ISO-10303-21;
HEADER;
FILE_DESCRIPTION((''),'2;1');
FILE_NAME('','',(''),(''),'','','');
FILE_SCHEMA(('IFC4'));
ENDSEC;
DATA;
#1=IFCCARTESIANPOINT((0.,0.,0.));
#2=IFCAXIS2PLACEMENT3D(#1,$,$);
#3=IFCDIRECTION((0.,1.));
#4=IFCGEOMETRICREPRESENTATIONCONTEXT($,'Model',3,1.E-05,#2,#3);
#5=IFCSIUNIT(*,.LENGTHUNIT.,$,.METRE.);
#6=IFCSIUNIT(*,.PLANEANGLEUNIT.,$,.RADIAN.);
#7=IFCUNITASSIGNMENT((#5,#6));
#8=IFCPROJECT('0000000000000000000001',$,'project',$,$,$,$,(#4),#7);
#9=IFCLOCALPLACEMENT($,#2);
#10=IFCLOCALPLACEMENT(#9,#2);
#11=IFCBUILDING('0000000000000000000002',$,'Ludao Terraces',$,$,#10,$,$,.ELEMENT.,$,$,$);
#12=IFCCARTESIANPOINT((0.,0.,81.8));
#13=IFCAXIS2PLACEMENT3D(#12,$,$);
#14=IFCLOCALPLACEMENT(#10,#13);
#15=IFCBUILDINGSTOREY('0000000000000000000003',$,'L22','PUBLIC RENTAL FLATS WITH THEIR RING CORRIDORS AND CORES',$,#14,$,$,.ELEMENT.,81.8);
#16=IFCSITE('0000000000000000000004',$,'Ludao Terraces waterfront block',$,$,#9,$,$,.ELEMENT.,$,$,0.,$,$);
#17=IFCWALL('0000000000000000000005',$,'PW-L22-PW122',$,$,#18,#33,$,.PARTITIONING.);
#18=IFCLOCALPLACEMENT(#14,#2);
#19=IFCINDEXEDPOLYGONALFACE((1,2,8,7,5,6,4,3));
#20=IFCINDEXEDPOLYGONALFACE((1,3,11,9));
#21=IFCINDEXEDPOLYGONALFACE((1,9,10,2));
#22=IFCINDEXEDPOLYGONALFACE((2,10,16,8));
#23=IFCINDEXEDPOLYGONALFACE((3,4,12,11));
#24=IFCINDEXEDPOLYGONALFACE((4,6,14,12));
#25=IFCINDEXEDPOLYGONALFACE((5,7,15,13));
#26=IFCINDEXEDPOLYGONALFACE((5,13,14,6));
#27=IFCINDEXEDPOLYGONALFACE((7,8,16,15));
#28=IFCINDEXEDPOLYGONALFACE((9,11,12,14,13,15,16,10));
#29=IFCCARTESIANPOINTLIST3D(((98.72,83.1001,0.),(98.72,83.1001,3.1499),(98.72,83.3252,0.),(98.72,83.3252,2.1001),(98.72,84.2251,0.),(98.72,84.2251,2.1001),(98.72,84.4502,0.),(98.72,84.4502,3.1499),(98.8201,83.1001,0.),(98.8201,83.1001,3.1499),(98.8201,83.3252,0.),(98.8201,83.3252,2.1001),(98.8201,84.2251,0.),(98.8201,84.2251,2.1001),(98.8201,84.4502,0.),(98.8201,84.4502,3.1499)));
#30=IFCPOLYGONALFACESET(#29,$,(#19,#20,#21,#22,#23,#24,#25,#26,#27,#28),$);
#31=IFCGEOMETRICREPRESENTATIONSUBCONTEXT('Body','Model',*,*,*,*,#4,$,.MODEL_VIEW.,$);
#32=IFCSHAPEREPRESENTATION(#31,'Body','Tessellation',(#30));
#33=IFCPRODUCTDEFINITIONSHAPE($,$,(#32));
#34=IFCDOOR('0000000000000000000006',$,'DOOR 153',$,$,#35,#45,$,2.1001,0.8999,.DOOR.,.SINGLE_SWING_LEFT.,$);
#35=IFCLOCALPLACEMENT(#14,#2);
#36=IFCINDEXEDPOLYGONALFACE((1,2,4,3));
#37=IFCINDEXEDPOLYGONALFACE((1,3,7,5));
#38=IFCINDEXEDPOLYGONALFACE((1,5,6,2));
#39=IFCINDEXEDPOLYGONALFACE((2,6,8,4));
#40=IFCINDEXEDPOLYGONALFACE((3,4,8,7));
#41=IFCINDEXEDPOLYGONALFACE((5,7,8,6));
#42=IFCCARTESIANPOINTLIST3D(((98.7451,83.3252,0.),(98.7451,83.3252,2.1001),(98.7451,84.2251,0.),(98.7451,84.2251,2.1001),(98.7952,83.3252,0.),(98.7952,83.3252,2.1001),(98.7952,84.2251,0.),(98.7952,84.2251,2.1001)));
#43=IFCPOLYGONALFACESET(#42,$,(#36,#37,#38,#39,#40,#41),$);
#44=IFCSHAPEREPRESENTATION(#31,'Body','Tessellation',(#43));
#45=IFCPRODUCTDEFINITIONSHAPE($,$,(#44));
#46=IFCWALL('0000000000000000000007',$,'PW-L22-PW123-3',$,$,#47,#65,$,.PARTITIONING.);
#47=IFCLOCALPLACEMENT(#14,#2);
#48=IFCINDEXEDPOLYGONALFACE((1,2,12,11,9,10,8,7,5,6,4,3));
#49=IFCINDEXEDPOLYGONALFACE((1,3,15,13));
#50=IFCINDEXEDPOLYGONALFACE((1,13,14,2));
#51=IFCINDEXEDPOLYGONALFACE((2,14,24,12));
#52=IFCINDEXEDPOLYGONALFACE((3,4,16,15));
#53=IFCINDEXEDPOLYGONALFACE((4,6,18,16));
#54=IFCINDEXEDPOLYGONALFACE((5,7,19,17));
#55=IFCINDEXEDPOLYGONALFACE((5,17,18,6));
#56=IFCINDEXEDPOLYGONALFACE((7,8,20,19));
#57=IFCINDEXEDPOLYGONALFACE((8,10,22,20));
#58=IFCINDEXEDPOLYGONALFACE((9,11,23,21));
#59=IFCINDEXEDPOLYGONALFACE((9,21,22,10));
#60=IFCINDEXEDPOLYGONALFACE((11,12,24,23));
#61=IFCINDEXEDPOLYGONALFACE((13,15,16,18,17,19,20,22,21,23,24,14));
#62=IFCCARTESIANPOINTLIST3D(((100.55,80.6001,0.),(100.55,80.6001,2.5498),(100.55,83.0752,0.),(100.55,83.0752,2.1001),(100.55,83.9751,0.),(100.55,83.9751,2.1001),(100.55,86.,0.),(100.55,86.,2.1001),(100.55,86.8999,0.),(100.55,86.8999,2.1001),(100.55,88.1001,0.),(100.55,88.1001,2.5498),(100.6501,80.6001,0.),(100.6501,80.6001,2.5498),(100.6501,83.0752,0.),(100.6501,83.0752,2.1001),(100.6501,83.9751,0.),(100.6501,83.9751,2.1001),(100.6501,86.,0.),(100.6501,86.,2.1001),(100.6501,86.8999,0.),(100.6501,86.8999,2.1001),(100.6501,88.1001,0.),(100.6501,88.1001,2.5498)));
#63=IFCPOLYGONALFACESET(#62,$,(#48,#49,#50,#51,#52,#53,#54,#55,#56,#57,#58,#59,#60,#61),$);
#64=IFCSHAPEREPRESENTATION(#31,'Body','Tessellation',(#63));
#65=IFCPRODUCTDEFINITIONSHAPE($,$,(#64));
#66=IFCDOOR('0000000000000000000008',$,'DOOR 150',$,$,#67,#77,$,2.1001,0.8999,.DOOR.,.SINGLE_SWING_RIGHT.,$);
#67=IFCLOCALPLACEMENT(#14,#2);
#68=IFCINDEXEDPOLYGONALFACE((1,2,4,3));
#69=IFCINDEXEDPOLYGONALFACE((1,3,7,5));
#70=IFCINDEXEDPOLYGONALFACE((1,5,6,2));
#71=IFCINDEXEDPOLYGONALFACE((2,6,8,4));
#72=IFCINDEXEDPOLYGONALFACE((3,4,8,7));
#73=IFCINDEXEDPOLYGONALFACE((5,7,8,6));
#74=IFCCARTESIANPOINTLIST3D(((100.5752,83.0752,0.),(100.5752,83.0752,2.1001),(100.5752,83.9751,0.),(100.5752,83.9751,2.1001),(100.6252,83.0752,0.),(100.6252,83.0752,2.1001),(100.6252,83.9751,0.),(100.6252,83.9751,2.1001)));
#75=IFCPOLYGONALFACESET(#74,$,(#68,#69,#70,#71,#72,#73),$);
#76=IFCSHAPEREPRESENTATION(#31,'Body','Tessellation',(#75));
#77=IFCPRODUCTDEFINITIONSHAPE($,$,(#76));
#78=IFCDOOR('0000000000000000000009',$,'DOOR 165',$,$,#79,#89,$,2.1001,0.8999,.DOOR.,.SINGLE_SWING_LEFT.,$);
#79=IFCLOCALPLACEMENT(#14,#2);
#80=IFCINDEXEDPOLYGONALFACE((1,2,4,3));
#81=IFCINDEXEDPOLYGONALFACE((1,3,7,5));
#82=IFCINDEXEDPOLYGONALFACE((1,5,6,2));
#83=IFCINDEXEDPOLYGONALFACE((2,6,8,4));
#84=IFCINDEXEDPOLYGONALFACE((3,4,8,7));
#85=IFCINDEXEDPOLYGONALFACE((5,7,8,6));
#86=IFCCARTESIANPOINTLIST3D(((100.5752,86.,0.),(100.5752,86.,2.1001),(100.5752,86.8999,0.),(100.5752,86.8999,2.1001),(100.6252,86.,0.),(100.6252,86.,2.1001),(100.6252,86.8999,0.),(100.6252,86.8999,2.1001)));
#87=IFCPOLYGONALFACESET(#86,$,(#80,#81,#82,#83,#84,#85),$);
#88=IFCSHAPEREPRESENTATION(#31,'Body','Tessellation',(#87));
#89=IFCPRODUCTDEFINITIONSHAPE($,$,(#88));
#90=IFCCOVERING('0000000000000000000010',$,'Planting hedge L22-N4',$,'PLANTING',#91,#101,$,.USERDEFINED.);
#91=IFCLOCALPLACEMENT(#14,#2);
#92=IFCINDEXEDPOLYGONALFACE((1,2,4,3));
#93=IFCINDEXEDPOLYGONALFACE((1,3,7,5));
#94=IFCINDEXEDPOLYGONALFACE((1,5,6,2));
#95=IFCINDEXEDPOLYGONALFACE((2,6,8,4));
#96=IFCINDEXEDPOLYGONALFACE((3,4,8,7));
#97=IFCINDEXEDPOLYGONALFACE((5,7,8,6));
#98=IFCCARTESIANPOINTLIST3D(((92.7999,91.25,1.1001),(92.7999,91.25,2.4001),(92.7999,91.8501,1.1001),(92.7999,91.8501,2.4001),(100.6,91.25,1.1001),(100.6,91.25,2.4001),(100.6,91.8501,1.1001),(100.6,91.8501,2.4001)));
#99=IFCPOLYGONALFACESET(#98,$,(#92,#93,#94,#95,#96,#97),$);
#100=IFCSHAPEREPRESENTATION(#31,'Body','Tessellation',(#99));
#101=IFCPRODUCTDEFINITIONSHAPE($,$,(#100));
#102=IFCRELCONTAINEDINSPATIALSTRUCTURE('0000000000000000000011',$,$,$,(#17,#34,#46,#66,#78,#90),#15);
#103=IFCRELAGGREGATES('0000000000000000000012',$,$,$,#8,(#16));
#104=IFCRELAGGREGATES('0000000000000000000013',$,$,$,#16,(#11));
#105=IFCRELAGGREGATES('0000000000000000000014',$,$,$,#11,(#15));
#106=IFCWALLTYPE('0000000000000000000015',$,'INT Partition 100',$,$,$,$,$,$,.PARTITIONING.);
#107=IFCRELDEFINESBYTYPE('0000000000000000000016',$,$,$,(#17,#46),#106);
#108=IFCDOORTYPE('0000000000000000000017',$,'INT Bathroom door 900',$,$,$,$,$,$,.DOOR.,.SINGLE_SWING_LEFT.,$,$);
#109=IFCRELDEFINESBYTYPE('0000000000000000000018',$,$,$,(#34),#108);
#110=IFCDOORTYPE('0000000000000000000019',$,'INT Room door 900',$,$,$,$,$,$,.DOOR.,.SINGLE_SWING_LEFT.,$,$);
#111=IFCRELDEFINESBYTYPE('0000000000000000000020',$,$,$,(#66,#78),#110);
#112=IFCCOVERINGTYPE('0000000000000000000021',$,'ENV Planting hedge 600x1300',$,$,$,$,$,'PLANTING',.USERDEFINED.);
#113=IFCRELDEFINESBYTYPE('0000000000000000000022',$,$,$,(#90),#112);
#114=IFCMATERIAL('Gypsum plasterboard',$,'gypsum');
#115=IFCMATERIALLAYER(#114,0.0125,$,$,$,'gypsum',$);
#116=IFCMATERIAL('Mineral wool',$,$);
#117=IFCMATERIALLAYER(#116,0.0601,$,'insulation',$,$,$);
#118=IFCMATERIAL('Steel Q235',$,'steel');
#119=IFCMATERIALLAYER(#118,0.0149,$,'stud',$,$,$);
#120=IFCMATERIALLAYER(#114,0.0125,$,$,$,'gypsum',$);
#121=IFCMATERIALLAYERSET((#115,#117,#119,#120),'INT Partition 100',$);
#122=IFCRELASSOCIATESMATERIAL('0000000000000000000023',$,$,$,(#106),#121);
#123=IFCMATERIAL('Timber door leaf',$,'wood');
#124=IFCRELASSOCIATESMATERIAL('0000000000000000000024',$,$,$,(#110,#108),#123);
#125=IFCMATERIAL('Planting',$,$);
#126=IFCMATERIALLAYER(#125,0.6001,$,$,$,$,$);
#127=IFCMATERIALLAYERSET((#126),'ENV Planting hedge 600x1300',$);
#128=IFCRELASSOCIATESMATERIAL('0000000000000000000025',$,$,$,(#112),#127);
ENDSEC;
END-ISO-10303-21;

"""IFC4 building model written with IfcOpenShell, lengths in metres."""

from ifc_helpers import new_model, si_unit, direction, frame, frame_2d, origin, origin_2d, place, context, subcontext, project, spatial, rectangle, extrude, material, layer, layer_set, type_object, element, fill, save


model = new_model("IFC4")

# Units and contexts
model_context = context("Model", 3, precision=1e-05, world=origin(), true_north=direction((0.0, 1.0)))
body_context = subcontext(model_context, "Body", "Model", "MODEL_VIEW")
ifc_project = project(units=[si_unit("LENGTHUNIT", "METRE"), si_unit("PLANEANGLEUNIT", "RADIAN")], contexts=[model_context])

# Site, building, storey
site_placement = place(None, origin())
site = spatial("IfcSite", under=ifc_project, at=site_placement, Name="Ludao Terraces waterfront block", CompositionType="ELEMENT", RefElevation=0.0)
building_placement = place(site_placement, origin())
building = spatial("IfcBuilding", under=site, at=building_placement, Name="Ludao Terraces", CompositionType="ELEMENT")
storey_placement = place(building_placement, frame((0.0, 0.0, 81.8)))
storey = spatial("IfcBuildingStorey", under=building, at=storey_placement, Name="L22", Description="PUBLIC RENTAL FLATS WITH THEIR RING CORRIDORS AND CORES", CompositionType="ELEMENT", Elevation=81.8)

# Shared definitions
ifc_material_1 = material(Name="Gypsum plasterboard", Category="gypsum")
ifc_layer_1 = layer(ifc_material_1, 0.0125, Category="gypsum")
ifc_material_2 = material(Name="Mineral wool")
ifc_layer_2 = layer(ifc_material_2, 0.0601, Name="insulation")
ifc_material_3 = material(Name="Steel Q235", Category="steel")
ifc_layer_3 = layer(ifc_material_3, 0.0149, Name="stud")
ifc_layer_4 = layer(ifc_material_1, 0.0125, Category="gypsum")
ifc_layer_set_1 = layer_set([ifc_layer_1, ifc_layer_2, ifc_layer_3, ifc_layer_4], Name="INT Partition 100")
wall_type_1 = type_object("IfcWallType", Name="INT Partition 100", PredefinedType="PARTITIONING", material=ifc_layer_set_1)

# Wall, opening, door
ifc_material_4 = material(Name="Timber door leaf", Category="wood")
door_type_1 = type_object("IfcDoorType", Name="INT Room door 900", OperationType="SINGLE_SWING_LEFT", PredefinedType="DOOR", material=ifc_material_4)
wall_1_placement = place(storey_placement, frame((98.77, 83.1001, 0.0), z_axis=(0.0, 0.0, 1.0), x_axis=(0.0, 1.0, 0.0)))
wall_1 = element("IfcWall", 1, at=wall_1_placement, inside=storey, type_object=wall_type_1, Name="PW-L22-PW122", PredefinedType="PARTITIONING", context=body_context, shape_type="SweptSolid", body=[
    extrude(rectangle(XDim=1.3501, YDim=0.1001, at=frame_2d((0.675, 0.0))), origin(), (0.0, 0.0, 1.0), 3.1499),
])
opening_1_placement = place(wall_1_placement, frame((0.2251, 0.0, 0.0)))
opening_1 = element("IfcOpeningElement", 2, at=opening_1_placement, cuts=wall_1, PredefinedType="OPENING", context=body_context, shape_type="SweptSolid", body=[
    extrude(rectangle(XDim=0.8999, YDim=2.1001, at=frame_2d((0.45, 1.05))), frame((0.0, 0.0601, 0.0), z_axis=(0.0, -1.0, 0.0), x_axis=(1.0, 0.0, 0.0)), (0.0, 0.0, 1.0), 0.1201),
])
door_type_2 = type_object("IfcDoorType", Name="INT Bathroom door 900", OperationType="SINGLE_SWING_LEFT", PredefinedType="DOOR", material=ifc_material_4)
door_1_placement = place(opening_1_placement, origin())
door_1 = element("IfcDoor", 3, at=door_1_placement, inside=storey, type_object=door_type_2, Name="DOOR 153", OperationType="SINGLE_SWING_LEFT", OverallHeight=2.1001, OverallWidth=0.8999, PredefinedType="DOOR", context=body_context, shape_type="SweptSolid", body=[
    extrude(rectangle(XDim=0.8999, YDim=2.1001, at=frame_2d((0.45, 1.05))), frame((0.0, 0.0249, 0.0), z_axis=(0.0, -1.0, 0.0), x_axis=(1.0, 0.0, 0.0)), (0.0, 0.0, 1.0), 0.05),
])
fill(opening_1, door_1)

# Wall, openings, doors
wall_2_placement = place(storey_placement, frame((100.6001, 80.6001, 0.0), z_axis=(0.0, 0.0, 1.0), x_axis=(0.0, 1.0, 0.0)))
wall_2 = element("IfcWall", 4, at=wall_2_placement, inside=storey, type_object=wall_type_1, Name="PW-L22-PW123-3", PredefinedType="PARTITIONING", context=body_context, shape_type="SweptSolid", body=[
    extrude(rectangle(XDim=7.5, YDim=0.1001, at=frame_2d((3.75, 0.0))), origin(), (0.0, 0.0, 1.0), 2.5498),
])
opening_2_placement = place(wall_2_placement, frame((2.4751, 0.0, 0.0)))
opening_2 = element("IfcOpeningElement", 5, at=opening_2_placement, cuts=wall_2, PredefinedType="OPENING", context=body_context, shape_type="SweptSolid", body=[
    extrude(rectangle(XDim=0.8999, YDim=2.1001, at=frame_2d((0.45, 1.05))), frame((0.0, 0.0601, 0.0), z_axis=(0.0, -1.0, 0.0), x_axis=(1.0, 0.0, 0.0)), (0.0, 0.0, 1.0), 0.1201),
])
opening_3_placement = place(wall_2_placement, frame((5.3999, 0.0, 0.0)))
opening_3 = element("IfcOpeningElement", 6, at=opening_3_placement, cuts=wall_2, PredefinedType="OPENING", context=body_context, shape_type="SweptSolid", body=[
    extrude(rectangle(XDim=0.8999, YDim=2.1001, at=frame_2d((0.45, 1.05))), frame((0.0, 0.0601, 0.0), z_axis=(0.0, -1.0, 0.0), x_axis=(1.0, 0.0, 0.0)), (0.0, 0.0, 1.0), 0.1201),
])
door_2_placement = place(opening_2_placement, origin())
door_2 = element("IfcDoor", 7, at=door_2_placement, inside=storey, type_object=door_type_1, Name="DOOR 150", OperationType="SINGLE_SWING_RIGHT", OverallHeight=2.1001, OverallWidth=0.8999, PredefinedType="DOOR", context=body_context, shape_type="SweptSolid", body=[
    extrude(rectangle(XDim=0.8999, YDim=2.1001, at=frame_2d((0.45, 1.05))), frame((0.0, 0.0249, 0.0), z_axis=(0.0, -1.0, 0.0), x_axis=(1.0, 0.0, 0.0)), (0.0, 0.0, 1.0), 0.05),
])
fill(opening_2, door_2)
door_3_placement = place(opening_3_placement, origin())
door_3 = element("IfcDoor", 8, at=door_3_placement, inside=storey, type_object=door_type_1, Name="DOOR 165", OperationType="SINGLE_SWING_LEFT", OverallHeight=2.1001, OverallWidth=0.8999, PredefinedType="DOOR", context=body_context, shape_type="SweptSolid", body=[
    extrude(rectangle(XDim=0.8999, YDim=2.1001, at=frame_2d((0.45, 1.05))), frame((0.0, 0.0249, 0.0), z_axis=(0.0, -1.0, 0.0), x_axis=(1.0, 0.0, 0.0)), (0.0, 0.0, 1.0), 0.05),
])
fill(opening_3, door_3)

# Covering
ifc_material_5 = material(Name="Planting")
ifc_layer_5 = layer(ifc_material_5, 0.6001)
ifc_layer_set_2 = layer_set([ifc_layer_5], Name="ENV Planting hedge 600x1300")
covering_type = type_object("IfcCoveringType", Name="ENV Planting hedge 600x1300", ElementType="PLANTING", PredefinedType="USERDEFINED", material=ifc_layer_set_2)
covering_placement = place(storey_placement, frame((96.7, 91.55, 1.1001), z_axis=(0.0, 0.0, 1.0), x_axis=(1.0, 0.0, 0.0)))
element("IfcCovering", 9, at=covering_placement, inside=storey, type_object=covering_type, Name="Planting hedge L22-N4", ObjectType="PLANTING", PredefinedType="USERDEFINED", context=body_context, shape_type="SweptSolid", body=[
    extrude(rectangle(XDim=7.8, YDim=0.6001, at=origin_2d()), origin(), (0.0, 0.0, 1.0), 1.3),
])

save(model, "model.ifc")
